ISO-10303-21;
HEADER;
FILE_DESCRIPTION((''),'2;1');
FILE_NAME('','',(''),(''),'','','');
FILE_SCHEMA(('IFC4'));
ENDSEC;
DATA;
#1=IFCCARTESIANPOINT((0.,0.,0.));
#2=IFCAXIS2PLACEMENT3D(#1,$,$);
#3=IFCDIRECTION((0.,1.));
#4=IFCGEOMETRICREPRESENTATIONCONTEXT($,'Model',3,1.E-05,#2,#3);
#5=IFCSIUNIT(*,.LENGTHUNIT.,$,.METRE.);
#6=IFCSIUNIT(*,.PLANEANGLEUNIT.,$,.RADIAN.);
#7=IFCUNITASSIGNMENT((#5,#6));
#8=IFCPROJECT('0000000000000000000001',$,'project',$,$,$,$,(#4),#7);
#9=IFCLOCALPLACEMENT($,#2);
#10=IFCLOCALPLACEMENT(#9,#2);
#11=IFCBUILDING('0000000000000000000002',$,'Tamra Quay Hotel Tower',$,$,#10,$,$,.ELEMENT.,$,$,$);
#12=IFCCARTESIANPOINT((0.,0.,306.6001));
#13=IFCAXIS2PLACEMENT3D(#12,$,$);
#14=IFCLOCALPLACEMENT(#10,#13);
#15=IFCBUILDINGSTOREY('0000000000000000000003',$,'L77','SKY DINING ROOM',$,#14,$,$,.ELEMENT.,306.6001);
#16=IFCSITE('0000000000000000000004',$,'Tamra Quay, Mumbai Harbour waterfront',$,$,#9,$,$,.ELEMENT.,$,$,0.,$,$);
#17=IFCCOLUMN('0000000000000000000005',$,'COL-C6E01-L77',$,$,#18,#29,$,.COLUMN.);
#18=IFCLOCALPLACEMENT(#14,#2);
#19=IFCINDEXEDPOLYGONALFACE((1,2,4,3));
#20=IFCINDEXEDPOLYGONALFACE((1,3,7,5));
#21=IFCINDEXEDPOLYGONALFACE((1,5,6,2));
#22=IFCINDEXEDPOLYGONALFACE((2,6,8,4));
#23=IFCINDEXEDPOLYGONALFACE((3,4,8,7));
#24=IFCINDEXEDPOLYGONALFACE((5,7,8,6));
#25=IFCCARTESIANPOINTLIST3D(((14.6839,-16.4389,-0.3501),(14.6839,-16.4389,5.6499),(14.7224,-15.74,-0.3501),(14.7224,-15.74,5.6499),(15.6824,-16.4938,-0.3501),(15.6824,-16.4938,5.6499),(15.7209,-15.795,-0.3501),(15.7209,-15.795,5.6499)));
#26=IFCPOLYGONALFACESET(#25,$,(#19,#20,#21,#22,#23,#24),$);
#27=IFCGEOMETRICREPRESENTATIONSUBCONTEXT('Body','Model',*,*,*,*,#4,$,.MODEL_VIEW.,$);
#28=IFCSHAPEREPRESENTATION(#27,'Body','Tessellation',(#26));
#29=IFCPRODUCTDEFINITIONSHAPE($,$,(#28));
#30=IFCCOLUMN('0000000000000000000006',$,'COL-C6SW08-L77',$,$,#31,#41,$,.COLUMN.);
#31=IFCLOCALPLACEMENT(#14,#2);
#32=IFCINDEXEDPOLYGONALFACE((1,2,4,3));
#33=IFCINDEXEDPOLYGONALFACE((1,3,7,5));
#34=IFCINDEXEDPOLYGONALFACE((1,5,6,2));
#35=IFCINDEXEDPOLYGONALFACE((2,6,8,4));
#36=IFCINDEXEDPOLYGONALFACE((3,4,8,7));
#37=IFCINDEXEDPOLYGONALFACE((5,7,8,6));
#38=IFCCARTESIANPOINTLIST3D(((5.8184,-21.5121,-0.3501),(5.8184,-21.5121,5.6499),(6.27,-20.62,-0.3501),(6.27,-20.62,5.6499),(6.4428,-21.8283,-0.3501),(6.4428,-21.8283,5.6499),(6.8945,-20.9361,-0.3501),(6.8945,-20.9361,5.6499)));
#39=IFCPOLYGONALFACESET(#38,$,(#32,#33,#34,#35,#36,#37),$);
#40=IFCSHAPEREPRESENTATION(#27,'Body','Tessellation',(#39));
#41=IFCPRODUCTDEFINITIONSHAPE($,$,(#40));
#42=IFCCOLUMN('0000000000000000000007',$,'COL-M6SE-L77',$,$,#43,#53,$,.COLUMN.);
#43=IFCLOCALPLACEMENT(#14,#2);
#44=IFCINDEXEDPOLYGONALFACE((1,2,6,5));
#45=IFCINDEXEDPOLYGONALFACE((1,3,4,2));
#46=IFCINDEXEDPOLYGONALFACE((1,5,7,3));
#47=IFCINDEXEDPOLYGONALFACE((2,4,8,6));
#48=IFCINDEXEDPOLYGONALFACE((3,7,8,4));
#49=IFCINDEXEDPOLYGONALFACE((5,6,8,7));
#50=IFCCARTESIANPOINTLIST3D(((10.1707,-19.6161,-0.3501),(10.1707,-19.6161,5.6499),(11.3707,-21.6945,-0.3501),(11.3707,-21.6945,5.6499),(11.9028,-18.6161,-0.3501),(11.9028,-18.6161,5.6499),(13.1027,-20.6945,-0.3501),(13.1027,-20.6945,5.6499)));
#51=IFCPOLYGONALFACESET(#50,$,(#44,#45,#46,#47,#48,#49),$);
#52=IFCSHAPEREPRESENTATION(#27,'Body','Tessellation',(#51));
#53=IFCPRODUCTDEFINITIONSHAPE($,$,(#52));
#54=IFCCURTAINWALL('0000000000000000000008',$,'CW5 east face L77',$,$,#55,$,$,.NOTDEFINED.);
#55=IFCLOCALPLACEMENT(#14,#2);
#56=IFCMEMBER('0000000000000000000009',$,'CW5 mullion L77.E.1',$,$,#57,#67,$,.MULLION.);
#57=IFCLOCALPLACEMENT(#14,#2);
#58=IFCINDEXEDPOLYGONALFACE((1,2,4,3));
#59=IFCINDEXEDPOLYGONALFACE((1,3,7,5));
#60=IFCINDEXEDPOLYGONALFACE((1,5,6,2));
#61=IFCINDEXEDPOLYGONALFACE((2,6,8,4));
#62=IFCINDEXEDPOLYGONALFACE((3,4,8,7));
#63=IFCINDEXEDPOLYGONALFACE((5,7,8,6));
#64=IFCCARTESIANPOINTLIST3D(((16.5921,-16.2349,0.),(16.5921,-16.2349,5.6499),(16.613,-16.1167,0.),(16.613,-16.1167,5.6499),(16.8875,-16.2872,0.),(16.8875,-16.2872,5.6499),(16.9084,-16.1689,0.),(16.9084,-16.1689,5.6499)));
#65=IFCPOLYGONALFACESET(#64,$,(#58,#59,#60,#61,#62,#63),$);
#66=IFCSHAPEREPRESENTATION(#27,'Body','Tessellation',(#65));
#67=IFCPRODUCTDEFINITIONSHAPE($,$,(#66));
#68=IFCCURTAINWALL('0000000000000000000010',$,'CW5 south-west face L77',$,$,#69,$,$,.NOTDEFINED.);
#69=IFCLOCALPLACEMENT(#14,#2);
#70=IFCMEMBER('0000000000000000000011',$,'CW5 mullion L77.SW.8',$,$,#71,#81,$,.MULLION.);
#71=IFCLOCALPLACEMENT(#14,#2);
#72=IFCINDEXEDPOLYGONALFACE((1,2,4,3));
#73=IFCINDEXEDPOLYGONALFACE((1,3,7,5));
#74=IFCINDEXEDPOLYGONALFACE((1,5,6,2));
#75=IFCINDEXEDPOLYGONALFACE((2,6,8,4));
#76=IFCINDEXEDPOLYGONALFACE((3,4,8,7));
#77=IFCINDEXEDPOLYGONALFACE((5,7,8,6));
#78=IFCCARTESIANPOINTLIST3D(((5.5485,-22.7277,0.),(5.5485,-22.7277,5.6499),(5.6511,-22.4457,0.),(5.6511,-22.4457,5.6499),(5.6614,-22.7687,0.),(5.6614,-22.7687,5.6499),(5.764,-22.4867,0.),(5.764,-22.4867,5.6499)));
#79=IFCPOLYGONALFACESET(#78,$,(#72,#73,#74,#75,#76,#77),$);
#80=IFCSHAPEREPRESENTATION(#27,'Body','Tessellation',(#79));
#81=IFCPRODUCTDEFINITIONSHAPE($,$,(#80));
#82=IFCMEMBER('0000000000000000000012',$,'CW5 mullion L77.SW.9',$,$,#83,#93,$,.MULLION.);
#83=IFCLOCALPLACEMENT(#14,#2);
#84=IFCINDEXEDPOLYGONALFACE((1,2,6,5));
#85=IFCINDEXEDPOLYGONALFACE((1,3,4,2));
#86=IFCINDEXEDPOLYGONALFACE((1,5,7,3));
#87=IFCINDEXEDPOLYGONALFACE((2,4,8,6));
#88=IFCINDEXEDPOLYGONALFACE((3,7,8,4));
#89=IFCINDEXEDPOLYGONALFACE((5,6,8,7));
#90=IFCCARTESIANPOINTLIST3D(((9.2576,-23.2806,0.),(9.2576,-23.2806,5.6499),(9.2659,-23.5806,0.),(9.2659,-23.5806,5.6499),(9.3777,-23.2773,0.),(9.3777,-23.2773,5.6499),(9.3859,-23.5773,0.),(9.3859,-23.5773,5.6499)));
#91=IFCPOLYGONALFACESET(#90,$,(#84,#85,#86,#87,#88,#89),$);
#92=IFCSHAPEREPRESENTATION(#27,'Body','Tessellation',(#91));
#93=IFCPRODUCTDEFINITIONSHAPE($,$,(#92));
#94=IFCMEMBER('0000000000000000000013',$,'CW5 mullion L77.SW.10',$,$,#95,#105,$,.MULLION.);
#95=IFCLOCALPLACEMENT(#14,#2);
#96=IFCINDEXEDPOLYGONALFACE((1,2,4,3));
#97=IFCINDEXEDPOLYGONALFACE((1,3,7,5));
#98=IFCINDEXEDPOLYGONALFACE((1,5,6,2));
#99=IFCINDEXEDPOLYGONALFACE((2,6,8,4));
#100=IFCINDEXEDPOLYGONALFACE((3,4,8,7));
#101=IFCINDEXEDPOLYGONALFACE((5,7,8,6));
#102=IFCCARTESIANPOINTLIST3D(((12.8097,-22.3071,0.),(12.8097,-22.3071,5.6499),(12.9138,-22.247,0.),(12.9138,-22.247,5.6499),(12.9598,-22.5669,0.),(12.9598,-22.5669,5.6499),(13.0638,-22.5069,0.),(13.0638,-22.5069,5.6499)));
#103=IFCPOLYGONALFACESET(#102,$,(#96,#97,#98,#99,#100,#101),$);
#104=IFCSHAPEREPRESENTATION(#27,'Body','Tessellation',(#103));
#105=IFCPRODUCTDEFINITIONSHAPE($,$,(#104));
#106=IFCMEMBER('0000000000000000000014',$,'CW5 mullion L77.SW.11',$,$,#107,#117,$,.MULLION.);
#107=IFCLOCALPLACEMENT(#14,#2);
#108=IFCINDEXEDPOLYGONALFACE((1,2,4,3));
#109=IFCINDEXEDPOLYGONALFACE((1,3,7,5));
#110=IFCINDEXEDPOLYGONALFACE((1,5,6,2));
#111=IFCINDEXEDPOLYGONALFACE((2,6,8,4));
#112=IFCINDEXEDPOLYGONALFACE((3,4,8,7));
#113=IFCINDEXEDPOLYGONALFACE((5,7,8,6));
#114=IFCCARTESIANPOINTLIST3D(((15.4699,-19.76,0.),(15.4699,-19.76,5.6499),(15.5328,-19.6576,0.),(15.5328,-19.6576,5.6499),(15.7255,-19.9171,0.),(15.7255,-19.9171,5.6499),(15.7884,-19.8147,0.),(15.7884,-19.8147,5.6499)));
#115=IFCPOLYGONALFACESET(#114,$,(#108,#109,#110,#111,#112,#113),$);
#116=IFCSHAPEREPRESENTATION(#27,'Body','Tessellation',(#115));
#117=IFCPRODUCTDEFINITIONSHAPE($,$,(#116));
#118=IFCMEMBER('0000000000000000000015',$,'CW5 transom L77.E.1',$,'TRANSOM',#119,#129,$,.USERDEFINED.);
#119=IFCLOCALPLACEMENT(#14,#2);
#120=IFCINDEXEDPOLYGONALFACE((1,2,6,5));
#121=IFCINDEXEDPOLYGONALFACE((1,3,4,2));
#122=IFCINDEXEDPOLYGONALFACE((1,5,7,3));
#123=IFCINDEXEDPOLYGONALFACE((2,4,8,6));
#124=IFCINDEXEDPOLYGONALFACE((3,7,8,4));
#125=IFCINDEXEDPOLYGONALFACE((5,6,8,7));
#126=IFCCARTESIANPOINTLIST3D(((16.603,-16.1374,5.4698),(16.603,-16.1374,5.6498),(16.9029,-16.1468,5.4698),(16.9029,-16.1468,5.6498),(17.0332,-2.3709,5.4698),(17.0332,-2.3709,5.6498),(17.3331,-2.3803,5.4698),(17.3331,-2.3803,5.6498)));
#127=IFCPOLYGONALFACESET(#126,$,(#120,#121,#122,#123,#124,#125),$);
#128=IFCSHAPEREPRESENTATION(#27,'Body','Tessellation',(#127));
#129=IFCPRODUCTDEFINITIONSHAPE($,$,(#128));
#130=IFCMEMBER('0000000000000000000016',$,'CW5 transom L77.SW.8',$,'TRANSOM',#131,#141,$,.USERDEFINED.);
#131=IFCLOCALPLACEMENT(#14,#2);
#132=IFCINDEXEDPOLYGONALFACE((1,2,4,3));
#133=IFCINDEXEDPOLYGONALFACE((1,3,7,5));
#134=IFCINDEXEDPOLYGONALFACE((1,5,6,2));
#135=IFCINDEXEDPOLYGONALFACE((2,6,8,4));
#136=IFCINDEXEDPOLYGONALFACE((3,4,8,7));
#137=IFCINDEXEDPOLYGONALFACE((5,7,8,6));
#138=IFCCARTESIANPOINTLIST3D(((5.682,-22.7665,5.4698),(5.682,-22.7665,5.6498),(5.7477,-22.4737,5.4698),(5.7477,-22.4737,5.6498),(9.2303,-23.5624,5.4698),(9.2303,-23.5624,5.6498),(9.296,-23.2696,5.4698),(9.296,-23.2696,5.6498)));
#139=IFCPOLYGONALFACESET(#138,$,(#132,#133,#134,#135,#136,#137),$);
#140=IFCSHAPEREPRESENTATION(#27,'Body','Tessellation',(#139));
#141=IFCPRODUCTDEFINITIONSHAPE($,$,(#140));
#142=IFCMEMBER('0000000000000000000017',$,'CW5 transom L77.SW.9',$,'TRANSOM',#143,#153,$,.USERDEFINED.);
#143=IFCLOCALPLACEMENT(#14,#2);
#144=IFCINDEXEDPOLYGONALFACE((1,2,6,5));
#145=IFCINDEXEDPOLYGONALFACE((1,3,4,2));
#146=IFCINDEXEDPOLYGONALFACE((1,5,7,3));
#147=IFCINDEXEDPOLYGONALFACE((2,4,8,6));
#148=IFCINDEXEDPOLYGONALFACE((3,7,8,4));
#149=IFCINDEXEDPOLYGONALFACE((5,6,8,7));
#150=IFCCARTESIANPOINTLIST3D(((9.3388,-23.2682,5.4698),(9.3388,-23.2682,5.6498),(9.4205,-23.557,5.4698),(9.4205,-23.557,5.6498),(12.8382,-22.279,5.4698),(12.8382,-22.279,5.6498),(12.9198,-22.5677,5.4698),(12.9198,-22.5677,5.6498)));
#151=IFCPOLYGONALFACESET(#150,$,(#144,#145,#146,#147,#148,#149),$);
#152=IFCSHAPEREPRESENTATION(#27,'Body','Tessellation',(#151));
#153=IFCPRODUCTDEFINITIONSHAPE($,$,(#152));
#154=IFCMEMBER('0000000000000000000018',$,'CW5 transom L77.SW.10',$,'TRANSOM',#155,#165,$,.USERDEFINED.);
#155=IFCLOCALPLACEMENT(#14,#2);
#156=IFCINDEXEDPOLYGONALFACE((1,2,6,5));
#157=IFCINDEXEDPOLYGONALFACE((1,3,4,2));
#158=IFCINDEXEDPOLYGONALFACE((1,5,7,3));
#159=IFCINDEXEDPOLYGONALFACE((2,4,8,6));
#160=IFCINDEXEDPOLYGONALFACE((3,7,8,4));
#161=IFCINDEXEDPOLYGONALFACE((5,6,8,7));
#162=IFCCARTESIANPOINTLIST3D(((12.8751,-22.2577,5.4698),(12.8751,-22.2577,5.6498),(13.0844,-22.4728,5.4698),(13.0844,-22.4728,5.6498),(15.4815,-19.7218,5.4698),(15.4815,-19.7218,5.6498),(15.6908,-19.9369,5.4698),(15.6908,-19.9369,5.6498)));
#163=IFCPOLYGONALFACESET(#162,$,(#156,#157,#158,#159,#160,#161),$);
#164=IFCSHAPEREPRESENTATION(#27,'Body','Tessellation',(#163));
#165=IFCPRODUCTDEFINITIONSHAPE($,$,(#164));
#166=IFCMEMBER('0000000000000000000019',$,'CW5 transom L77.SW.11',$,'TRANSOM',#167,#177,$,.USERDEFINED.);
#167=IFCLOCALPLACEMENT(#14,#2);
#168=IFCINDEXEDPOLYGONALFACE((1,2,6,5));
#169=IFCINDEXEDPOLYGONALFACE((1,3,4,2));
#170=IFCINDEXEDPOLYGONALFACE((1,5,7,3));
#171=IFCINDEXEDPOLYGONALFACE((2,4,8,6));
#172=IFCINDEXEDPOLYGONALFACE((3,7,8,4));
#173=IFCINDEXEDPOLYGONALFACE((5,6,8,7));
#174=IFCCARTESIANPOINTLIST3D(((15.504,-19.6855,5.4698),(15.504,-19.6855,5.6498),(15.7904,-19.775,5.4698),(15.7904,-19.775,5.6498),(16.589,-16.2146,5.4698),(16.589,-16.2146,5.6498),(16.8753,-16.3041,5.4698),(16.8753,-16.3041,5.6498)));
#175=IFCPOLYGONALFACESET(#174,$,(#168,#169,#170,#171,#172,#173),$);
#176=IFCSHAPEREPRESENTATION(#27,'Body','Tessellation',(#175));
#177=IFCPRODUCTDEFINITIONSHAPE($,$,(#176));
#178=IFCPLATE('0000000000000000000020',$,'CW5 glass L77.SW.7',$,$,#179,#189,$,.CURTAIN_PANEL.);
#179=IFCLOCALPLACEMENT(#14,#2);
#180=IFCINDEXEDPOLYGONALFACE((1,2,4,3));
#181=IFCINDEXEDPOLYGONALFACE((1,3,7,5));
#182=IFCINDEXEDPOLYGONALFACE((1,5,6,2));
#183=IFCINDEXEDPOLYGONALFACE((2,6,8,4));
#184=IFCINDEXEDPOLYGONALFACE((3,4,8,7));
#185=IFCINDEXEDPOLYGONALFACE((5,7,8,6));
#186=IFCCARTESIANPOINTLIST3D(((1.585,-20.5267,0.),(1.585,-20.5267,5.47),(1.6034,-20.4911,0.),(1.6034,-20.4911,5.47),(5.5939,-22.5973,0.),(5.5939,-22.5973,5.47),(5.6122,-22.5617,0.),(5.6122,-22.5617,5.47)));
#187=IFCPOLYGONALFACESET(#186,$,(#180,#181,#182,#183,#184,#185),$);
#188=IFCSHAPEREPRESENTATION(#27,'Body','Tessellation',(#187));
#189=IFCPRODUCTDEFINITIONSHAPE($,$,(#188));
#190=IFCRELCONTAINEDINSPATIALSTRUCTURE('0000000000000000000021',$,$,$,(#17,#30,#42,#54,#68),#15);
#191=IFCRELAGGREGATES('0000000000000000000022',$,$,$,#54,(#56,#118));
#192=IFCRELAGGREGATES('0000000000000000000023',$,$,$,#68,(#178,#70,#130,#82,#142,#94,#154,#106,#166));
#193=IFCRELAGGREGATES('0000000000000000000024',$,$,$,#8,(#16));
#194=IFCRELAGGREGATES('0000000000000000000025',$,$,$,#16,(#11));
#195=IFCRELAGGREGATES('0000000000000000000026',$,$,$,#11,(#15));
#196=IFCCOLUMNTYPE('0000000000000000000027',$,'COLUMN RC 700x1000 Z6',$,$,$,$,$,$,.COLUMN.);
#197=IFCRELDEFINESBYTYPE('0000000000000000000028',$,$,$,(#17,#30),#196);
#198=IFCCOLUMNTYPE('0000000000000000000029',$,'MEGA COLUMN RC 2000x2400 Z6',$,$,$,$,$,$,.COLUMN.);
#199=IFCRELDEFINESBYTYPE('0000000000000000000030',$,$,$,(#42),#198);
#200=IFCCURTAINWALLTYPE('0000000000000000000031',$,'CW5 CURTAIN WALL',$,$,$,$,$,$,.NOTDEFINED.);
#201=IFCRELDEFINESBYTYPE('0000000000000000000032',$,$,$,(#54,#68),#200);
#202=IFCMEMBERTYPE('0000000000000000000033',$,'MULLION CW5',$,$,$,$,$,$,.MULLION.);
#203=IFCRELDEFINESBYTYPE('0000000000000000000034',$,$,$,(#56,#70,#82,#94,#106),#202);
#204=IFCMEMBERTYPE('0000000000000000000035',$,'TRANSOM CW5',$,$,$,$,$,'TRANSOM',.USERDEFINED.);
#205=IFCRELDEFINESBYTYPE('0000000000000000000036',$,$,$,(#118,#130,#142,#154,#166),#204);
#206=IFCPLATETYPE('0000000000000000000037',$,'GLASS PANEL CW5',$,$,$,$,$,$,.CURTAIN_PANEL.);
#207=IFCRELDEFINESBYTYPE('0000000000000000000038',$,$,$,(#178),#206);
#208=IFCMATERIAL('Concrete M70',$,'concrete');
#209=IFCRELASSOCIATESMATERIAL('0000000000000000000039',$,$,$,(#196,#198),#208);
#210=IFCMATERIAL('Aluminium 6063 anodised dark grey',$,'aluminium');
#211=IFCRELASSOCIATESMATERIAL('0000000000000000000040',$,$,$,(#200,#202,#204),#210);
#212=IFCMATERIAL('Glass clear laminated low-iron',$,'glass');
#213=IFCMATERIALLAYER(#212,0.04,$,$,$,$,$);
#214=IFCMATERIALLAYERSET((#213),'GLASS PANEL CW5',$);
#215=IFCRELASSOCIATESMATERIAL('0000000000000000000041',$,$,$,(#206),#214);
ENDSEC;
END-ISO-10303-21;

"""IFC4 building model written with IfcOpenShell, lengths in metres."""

from ifc_helpers import new_model, si_unit, direction, frame, origin, origin_2d, place, context, subcontext, project, spatial, rectangle, extrude, material, layer, layer_set, material_profile, profile_set, type_object, element, aggregate, save


model = new_model("IFC4")

# Units and contexts
model_context = context("Model", 3, precision=1e-05, world=origin(), true_north=direction((0.0, 1.0)))
body_context = subcontext(model_context, "Body", "Model", "MODEL_VIEW")
ifc_project = project(units=[si_unit("LENGTHUNIT", "METRE"), si_unit("PLANEANGLEUNIT", "RADIAN")], contexts=[model_context])

# Site, building, storey
site_placement = place(None, origin())
site = spatial("IfcSite", under=ifc_project, at=site_placement, Name="Tamra Quay, Mumbai Harbour waterfront", CompositionType="ELEMENT", RefElevation=0.0)
building_placement = place(site_placement, origin())
building = spatial("IfcBuilding", under=site, at=building_placement, Name="Tamra Quay Hotel Tower", CompositionType="ELEMENT")
storey_placement = place(building_placement, frame((0.0, 0.0, 306.6001)))
storey = spatial("IfcBuildingStorey", under=building, at=storey_placement, Name="L77", Description="SKY DINING ROOM", CompositionType="ELEMENT", Elevation=306.6001)

# Columns
ifc_material_1 = material(Name="Concrete M70", Category="concrete")
ifc_material_profile_1 = material_profile(ifc_material_1, rectangle(XDim=1.0, YDim=0.7, at=origin_2d()), Name="COLUMN RC 700x1000 Z6")
ifc_profile_set_1 = profile_set([ifc_material_profile_1], Name="Concrete M70")
column_type_1 = type_object("IfcColumnType", Name="COLUMN RC 700x1000 Z6", PredefinedType="COLUMN", material=ifc_profile_set_1)
for number, where, z_axis, x_axis, name in (
    (1, (15.2024, -16.1169, -0.3501), (0.0, 0.0, 1.0), (-0.998491, 0.054917, 0.0), "COL-C6E01-L77"),
    (2, (6.3564, -21.2241, -0.3501), (0.0, 0.0, 1.0), (0.451686, 0.892177, 0.0), "COL-C6SW08-L77"),
):
    element("IfcColumn", number, at=place(storey_placement, frame(where, z_axis=z_axis, x_axis=x_axis)), inside=storey, type_object=column_type_1, Name=name, PredefinedType="COLUMN", context=body_context, shape_type="SweptSolid", body=[
        extrude(rectangle(XDim=1.0, YDim=0.7, at=origin_2d()), origin(), (0.0, 0.0, 1.0), 6.0),
    ])
ifc_material_profile_2 = material_profile(ifc_material_1, rectangle(XDim=2.3999, YDim=2.0, at=origin_2d()), Name="MEGA COLUMN RC 2000x2400 Z6")
ifc_profile_set_2 = profile_set([ifc_material_profile_2], Name="Concrete M70")
column_type_2 = type_object("IfcColumnType", Name="MEGA COLUMN RC 2000x2400 Z6", PredefinedType="COLUMN", material=ifc_profile_set_2)
column_placement = place(storey_placement, frame((11.6367, -20.1553, -0.3501), z_axis=(0.0, 0.0, 1.0), x_axis=(-0.5, 0.866025, 0.0)))
element("IfcColumn", 3, at=column_placement, inside=storey, type_object=column_type_2, Name="COL-M6SE-L77", PredefinedType="COLUMN", context=body_context, shape_type="SweptSolid", body=[
    extrude(rectangle(XDim=2.3999, YDim=2.0, at=origin_2d()), origin(), (0.0, 0.0, 1.0), 6.0),
])

# Curtain wall, member
ifc_material_2 = material(Name="Aluminium 6063 anodised dark grey", Category="aluminium")
curtain_wall_type = type_object("IfcCurtainWallType", Name="CW5 CURTAIN WALL", PredefinedType="NOTDEFINED", material=ifc_material_2)
curtain_wall_1_placement = place(storey_placement, origin())
curtain_wall_1 = element("IfcCurtainWall", 4, at=curtain_wall_1_placement, inside=storey, type_object=curtain_wall_type, Name="CW5 east face L77", PredefinedType="NOTDEFINED")
ifc_material_profile_3 = material_profile(ifc_material_2, rectangle(XDim=0.3, YDim=0.1201, at=origin_2d()), Name="MULLION 120X300")
ifc_profile_set_3 = profile_set([ifc_material_profile_3], Name="Aluminium 6063 anodised dark grey")
member_type_1 = type_object("IfcMemberType", Name="MULLION CW5", PredefinedType="MULLION", material=ifc_profile_set_3)
member_1_placement = place(storey_placement, frame((16.7502, -16.2019, 0.0), z_axis=(0.0, 0.0, 1.0), x_axis=(0.98474, -0.174032, 0.0)))
member_1 = element("IfcMember", 5, at=member_1_placement, type_object=member_type_1, Name="CW5 mullion L77.E.1", PredefinedType="MULLION", context=body_context, shape_type="SweptSolid", body=[
    extrude(rectangle(XDim=0.3, YDim=0.1201, at=origin_2d()), origin(), (0.0, 0.0, 1.0), 5.6499),
])

# Curtain wall, members
curtain_wall_2_placement = place(storey_placement, origin())
curtain_wall_2 = element("IfcCurtainWall", 6, at=curtain_wall_2_placement, inside=storey, type_object=curtain_wall_type, Name="CW5 south-west face L77", PredefinedType="NOTDEFINED")
member_2_placement = place(storey_placement, frame((5.6562, -22.6072, 0.0), z_axis=(0.0, 0.0, 1.0), x_axis=(-0.341653, -0.939826, 0.0)))
member_2 = element("IfcMember", 7, at=member_2_placement, type_object=member_type_1, Name="CW5 mullion L77.SW.8", PredefinedType="MULLION", context=body_context, shape_type="SweptSolid", body=[
    extrude(rectangle(XDim=0.3, YDim=0.1201, at=origin_2d()), origin(), (0.0, 0.0, 1.0), 5.6499),
])
member_3_placement = place(storey_placement, frame((9.3218, -23.429, 0.0), z_axis=(0.0, 0.0, 1.0), x_axis=(0.027469, -0.999623, 0.0)))
member_3 = element("IfcMember", 8, at=member_3_placement, type_object=member_type_1, Name="CW5 mullion L77.SW.9", PredefinedType="MULLION", context=body_context, shape_type="SweptSolid", body=[
    extrude(rectangle(XDim=0.3, YDim=0.1201, at=origin_2d()), origin(), (0.0, 0.0, 1.0), 5.6499),
])
member_4_placement = place(storey_placement, frame((12.9368, -22.407, 0.0), z_axis=(0.0, 0.0, 1.0), x_axis=(0.5, -0.866025, 0.0)))
member_4 = element("IfcMember", 9, at=member_4_placement, type_object=member_type_1, Name="CW5 mullion L77.SW.10", PredefinedType="MULLION", context=body_context, shape_type="SweptSolid", body=[
    extrude(rectangle(XDim=0.3, YDim=0.1201, at=origin_2d()), origin(), (0.0, 0.0, 1.0), 5.6499),
])
member_5_placement = place(storey_placement, frame((15.6292, -19.7874, 0.0), z_axis=(0.0, 0.0, 1.0), x_axis=(0.851964, -0.5236, 0.0)))
member_5 = element("IfcMember", 10, at=member_5_placement, type_object=member_type_1, Name="CW5 mullion L77.SW.11", PredefinedType="MULLION", context=body_context, shape_type="SweptSolid", body=[
    extrude(rectangle(XDim=0.3, YDim=0.1201, at=origin_2d()), origin(), (0.0, 0.0, 1.0), 5.6499),
])

# Members
ifc_material_profile_4 = material_profile(ifc_material_2, rectangle(XDim=0.3, YDim=0.1799, at=origin_2d()), Name="TRANSOM 300X180")
ifc_profile_set_4 = profile_set([ifc_material_profile_4], Name="Aluminium 6063 anodised dark grey")
member_type_2 = type_object("IfcMemberType", Name="TRANSOM CW5", ElementType="TRANSOM", PredefinedType="USERDEFINED", material=ifc_profile_set_4)
member_6_placement = place(storey_placement, frame((16.7529, -16.1421, 5.5598), z_axis=(0.031233, 0.999512, 0.0), x_axis=(-0.999512, 0.031233, 0.0)))
member_6 = element("IfcMember", 11, at=member_6_placement, type_object=member_type_2, Name="CW5 transom L77.E.1", ObjectType="TRANSOM", PredefinedType="USERDEFINED", context=body_context, shape_type="SweptSolid", body=[
    extrude(rectangle(XDim=0.3, YDim=0.1799, at=origin_2d()), origin(), (0.0, 0.0, 1.0), 13.7732),
])
aggregate(curtain_wall_1, [member_1, member_6])
member_7_placement = place(storey_placement, frame((5.7148, -22.6201, 5.5598), z_axis=(0.975755, -0.218864, 0.0), x_axis=(0.218864, 0.975755, 0.0)))
member_7 = element("IfcMember", 12, at=member_7_placement, type_object=member_type_2, Name="CW5 transom L77.SW.8", ObjectType="TRANSOM", PredefinedType="USERDEFINED", context=body_context, shape_type="SweptSolid", body=[
    extrude(rectangle(XDim=0.3, YDim=0.1799, at=origin_2d()), origin(), (0.0, 0.0, 1.0), 3.6365),
])
member_8_placement = place(storey_placement, frame((9.3796, -23.4126, 5.5598), z_axis=(0.962285, 0.272042, 0.0), x_axis=(-0.272042, 0.962285, 0.0)))
member_8 = element("IfcMember", 13, at=member_8_placement, type_object=member_type_2, Name="CW5 transom L77.SW.9", ObjectType="TRANSOM", PredefinedType="USERDEFINED", context=body_context, shape_type="SweptSolid", body=[
    extrude(rectangle(XDim=0.3, YDim=0.1799, at=origin_2d()), origin(), (0.0, 0.0, 1.0), 3.6365),
])
member_9_placement = place(storey_placement, frame((12.9797, -22.3652, 5.5598), z_axis=(0.716741, 0.697339, 0.0), x_axis=(-0.697339, 0.716741, 0.0)))
member_9 = element("IfcMember", 14, at=member_9_placement, type_object=member_type_2, Name="CW5 transom L77.SW.10", ObjectType="TRANSOM", PredefinedType="USERDEFINED", context=body_context, shape_type="SweptSolid", body=[
    extrude(rectangle(XDim=0.3, YDim=0.1799, at=origin_2d()), origin(), (0.0, 0.0, 1.0), 3.6365),
])
member_10_placement = place(storey_placement, frame((15.6472, -19.7302, 5.5598), z_axis=(0.298348, 0.954457, 0.0), x_axis=(-0.954457, 0.298348, 0.0)))
member_10 = element("IfcMember", 15, at=member_10_placement, type_object=member_type_2, Name="CW5 transom L77.SW.11", ObjectType="TRANSOM", PredefinedType="USERDEFINED", context=body_context, shape_type="SweptSolid", body=[
    extrude(rectangle(XDim=0.3, YDim=0.1799, at=origin_2d()), origin(), (0.0, 0.0, 1.0), 3.6365),
])

# Plate
ifc_material_3 = material(Name="Glass clear laminated low-iron", Category="glass")
ifc_layer_1 = layer(ifc_material_3, 0.04)
ifc_layer_set_1 = layer_set([ifc_layer_1], Name="GLASS PANEL CW5")
plate_type = type_object("IfcPlateType", Name="GLASS PANEL CW5", PredefinedType="CURTAIN_PANEL", material=ifc_layer_set_1)
plate_1_placement = place(storey_placement, frame((3.5986, -21.5442, 0.0), z_axis=(0.0, 0.0, 1.0), x_axis=(0.888486, -0.458903, 0.0)))
plate_1 = element("IfcPlate", 16, at=plate_1_placement, type_object=plate_type, Name="CW5 glass L77.SW.7", PredefinedType="CURTAIN_PANEL", context=body_context, shape_type="SweptSolid", body=[
    extrude(rectangle(XDim=4.512, YDim=0.04, at=origin_2d()), origin(), (0.0, 0.0, 1.0), 5.47),
])
aggregate(curtain_wall_2, [plate_1, member_2, member_7, member_3, member_8, member_4, member_9, member_5, member_10])

save(model, "model.ifc")
